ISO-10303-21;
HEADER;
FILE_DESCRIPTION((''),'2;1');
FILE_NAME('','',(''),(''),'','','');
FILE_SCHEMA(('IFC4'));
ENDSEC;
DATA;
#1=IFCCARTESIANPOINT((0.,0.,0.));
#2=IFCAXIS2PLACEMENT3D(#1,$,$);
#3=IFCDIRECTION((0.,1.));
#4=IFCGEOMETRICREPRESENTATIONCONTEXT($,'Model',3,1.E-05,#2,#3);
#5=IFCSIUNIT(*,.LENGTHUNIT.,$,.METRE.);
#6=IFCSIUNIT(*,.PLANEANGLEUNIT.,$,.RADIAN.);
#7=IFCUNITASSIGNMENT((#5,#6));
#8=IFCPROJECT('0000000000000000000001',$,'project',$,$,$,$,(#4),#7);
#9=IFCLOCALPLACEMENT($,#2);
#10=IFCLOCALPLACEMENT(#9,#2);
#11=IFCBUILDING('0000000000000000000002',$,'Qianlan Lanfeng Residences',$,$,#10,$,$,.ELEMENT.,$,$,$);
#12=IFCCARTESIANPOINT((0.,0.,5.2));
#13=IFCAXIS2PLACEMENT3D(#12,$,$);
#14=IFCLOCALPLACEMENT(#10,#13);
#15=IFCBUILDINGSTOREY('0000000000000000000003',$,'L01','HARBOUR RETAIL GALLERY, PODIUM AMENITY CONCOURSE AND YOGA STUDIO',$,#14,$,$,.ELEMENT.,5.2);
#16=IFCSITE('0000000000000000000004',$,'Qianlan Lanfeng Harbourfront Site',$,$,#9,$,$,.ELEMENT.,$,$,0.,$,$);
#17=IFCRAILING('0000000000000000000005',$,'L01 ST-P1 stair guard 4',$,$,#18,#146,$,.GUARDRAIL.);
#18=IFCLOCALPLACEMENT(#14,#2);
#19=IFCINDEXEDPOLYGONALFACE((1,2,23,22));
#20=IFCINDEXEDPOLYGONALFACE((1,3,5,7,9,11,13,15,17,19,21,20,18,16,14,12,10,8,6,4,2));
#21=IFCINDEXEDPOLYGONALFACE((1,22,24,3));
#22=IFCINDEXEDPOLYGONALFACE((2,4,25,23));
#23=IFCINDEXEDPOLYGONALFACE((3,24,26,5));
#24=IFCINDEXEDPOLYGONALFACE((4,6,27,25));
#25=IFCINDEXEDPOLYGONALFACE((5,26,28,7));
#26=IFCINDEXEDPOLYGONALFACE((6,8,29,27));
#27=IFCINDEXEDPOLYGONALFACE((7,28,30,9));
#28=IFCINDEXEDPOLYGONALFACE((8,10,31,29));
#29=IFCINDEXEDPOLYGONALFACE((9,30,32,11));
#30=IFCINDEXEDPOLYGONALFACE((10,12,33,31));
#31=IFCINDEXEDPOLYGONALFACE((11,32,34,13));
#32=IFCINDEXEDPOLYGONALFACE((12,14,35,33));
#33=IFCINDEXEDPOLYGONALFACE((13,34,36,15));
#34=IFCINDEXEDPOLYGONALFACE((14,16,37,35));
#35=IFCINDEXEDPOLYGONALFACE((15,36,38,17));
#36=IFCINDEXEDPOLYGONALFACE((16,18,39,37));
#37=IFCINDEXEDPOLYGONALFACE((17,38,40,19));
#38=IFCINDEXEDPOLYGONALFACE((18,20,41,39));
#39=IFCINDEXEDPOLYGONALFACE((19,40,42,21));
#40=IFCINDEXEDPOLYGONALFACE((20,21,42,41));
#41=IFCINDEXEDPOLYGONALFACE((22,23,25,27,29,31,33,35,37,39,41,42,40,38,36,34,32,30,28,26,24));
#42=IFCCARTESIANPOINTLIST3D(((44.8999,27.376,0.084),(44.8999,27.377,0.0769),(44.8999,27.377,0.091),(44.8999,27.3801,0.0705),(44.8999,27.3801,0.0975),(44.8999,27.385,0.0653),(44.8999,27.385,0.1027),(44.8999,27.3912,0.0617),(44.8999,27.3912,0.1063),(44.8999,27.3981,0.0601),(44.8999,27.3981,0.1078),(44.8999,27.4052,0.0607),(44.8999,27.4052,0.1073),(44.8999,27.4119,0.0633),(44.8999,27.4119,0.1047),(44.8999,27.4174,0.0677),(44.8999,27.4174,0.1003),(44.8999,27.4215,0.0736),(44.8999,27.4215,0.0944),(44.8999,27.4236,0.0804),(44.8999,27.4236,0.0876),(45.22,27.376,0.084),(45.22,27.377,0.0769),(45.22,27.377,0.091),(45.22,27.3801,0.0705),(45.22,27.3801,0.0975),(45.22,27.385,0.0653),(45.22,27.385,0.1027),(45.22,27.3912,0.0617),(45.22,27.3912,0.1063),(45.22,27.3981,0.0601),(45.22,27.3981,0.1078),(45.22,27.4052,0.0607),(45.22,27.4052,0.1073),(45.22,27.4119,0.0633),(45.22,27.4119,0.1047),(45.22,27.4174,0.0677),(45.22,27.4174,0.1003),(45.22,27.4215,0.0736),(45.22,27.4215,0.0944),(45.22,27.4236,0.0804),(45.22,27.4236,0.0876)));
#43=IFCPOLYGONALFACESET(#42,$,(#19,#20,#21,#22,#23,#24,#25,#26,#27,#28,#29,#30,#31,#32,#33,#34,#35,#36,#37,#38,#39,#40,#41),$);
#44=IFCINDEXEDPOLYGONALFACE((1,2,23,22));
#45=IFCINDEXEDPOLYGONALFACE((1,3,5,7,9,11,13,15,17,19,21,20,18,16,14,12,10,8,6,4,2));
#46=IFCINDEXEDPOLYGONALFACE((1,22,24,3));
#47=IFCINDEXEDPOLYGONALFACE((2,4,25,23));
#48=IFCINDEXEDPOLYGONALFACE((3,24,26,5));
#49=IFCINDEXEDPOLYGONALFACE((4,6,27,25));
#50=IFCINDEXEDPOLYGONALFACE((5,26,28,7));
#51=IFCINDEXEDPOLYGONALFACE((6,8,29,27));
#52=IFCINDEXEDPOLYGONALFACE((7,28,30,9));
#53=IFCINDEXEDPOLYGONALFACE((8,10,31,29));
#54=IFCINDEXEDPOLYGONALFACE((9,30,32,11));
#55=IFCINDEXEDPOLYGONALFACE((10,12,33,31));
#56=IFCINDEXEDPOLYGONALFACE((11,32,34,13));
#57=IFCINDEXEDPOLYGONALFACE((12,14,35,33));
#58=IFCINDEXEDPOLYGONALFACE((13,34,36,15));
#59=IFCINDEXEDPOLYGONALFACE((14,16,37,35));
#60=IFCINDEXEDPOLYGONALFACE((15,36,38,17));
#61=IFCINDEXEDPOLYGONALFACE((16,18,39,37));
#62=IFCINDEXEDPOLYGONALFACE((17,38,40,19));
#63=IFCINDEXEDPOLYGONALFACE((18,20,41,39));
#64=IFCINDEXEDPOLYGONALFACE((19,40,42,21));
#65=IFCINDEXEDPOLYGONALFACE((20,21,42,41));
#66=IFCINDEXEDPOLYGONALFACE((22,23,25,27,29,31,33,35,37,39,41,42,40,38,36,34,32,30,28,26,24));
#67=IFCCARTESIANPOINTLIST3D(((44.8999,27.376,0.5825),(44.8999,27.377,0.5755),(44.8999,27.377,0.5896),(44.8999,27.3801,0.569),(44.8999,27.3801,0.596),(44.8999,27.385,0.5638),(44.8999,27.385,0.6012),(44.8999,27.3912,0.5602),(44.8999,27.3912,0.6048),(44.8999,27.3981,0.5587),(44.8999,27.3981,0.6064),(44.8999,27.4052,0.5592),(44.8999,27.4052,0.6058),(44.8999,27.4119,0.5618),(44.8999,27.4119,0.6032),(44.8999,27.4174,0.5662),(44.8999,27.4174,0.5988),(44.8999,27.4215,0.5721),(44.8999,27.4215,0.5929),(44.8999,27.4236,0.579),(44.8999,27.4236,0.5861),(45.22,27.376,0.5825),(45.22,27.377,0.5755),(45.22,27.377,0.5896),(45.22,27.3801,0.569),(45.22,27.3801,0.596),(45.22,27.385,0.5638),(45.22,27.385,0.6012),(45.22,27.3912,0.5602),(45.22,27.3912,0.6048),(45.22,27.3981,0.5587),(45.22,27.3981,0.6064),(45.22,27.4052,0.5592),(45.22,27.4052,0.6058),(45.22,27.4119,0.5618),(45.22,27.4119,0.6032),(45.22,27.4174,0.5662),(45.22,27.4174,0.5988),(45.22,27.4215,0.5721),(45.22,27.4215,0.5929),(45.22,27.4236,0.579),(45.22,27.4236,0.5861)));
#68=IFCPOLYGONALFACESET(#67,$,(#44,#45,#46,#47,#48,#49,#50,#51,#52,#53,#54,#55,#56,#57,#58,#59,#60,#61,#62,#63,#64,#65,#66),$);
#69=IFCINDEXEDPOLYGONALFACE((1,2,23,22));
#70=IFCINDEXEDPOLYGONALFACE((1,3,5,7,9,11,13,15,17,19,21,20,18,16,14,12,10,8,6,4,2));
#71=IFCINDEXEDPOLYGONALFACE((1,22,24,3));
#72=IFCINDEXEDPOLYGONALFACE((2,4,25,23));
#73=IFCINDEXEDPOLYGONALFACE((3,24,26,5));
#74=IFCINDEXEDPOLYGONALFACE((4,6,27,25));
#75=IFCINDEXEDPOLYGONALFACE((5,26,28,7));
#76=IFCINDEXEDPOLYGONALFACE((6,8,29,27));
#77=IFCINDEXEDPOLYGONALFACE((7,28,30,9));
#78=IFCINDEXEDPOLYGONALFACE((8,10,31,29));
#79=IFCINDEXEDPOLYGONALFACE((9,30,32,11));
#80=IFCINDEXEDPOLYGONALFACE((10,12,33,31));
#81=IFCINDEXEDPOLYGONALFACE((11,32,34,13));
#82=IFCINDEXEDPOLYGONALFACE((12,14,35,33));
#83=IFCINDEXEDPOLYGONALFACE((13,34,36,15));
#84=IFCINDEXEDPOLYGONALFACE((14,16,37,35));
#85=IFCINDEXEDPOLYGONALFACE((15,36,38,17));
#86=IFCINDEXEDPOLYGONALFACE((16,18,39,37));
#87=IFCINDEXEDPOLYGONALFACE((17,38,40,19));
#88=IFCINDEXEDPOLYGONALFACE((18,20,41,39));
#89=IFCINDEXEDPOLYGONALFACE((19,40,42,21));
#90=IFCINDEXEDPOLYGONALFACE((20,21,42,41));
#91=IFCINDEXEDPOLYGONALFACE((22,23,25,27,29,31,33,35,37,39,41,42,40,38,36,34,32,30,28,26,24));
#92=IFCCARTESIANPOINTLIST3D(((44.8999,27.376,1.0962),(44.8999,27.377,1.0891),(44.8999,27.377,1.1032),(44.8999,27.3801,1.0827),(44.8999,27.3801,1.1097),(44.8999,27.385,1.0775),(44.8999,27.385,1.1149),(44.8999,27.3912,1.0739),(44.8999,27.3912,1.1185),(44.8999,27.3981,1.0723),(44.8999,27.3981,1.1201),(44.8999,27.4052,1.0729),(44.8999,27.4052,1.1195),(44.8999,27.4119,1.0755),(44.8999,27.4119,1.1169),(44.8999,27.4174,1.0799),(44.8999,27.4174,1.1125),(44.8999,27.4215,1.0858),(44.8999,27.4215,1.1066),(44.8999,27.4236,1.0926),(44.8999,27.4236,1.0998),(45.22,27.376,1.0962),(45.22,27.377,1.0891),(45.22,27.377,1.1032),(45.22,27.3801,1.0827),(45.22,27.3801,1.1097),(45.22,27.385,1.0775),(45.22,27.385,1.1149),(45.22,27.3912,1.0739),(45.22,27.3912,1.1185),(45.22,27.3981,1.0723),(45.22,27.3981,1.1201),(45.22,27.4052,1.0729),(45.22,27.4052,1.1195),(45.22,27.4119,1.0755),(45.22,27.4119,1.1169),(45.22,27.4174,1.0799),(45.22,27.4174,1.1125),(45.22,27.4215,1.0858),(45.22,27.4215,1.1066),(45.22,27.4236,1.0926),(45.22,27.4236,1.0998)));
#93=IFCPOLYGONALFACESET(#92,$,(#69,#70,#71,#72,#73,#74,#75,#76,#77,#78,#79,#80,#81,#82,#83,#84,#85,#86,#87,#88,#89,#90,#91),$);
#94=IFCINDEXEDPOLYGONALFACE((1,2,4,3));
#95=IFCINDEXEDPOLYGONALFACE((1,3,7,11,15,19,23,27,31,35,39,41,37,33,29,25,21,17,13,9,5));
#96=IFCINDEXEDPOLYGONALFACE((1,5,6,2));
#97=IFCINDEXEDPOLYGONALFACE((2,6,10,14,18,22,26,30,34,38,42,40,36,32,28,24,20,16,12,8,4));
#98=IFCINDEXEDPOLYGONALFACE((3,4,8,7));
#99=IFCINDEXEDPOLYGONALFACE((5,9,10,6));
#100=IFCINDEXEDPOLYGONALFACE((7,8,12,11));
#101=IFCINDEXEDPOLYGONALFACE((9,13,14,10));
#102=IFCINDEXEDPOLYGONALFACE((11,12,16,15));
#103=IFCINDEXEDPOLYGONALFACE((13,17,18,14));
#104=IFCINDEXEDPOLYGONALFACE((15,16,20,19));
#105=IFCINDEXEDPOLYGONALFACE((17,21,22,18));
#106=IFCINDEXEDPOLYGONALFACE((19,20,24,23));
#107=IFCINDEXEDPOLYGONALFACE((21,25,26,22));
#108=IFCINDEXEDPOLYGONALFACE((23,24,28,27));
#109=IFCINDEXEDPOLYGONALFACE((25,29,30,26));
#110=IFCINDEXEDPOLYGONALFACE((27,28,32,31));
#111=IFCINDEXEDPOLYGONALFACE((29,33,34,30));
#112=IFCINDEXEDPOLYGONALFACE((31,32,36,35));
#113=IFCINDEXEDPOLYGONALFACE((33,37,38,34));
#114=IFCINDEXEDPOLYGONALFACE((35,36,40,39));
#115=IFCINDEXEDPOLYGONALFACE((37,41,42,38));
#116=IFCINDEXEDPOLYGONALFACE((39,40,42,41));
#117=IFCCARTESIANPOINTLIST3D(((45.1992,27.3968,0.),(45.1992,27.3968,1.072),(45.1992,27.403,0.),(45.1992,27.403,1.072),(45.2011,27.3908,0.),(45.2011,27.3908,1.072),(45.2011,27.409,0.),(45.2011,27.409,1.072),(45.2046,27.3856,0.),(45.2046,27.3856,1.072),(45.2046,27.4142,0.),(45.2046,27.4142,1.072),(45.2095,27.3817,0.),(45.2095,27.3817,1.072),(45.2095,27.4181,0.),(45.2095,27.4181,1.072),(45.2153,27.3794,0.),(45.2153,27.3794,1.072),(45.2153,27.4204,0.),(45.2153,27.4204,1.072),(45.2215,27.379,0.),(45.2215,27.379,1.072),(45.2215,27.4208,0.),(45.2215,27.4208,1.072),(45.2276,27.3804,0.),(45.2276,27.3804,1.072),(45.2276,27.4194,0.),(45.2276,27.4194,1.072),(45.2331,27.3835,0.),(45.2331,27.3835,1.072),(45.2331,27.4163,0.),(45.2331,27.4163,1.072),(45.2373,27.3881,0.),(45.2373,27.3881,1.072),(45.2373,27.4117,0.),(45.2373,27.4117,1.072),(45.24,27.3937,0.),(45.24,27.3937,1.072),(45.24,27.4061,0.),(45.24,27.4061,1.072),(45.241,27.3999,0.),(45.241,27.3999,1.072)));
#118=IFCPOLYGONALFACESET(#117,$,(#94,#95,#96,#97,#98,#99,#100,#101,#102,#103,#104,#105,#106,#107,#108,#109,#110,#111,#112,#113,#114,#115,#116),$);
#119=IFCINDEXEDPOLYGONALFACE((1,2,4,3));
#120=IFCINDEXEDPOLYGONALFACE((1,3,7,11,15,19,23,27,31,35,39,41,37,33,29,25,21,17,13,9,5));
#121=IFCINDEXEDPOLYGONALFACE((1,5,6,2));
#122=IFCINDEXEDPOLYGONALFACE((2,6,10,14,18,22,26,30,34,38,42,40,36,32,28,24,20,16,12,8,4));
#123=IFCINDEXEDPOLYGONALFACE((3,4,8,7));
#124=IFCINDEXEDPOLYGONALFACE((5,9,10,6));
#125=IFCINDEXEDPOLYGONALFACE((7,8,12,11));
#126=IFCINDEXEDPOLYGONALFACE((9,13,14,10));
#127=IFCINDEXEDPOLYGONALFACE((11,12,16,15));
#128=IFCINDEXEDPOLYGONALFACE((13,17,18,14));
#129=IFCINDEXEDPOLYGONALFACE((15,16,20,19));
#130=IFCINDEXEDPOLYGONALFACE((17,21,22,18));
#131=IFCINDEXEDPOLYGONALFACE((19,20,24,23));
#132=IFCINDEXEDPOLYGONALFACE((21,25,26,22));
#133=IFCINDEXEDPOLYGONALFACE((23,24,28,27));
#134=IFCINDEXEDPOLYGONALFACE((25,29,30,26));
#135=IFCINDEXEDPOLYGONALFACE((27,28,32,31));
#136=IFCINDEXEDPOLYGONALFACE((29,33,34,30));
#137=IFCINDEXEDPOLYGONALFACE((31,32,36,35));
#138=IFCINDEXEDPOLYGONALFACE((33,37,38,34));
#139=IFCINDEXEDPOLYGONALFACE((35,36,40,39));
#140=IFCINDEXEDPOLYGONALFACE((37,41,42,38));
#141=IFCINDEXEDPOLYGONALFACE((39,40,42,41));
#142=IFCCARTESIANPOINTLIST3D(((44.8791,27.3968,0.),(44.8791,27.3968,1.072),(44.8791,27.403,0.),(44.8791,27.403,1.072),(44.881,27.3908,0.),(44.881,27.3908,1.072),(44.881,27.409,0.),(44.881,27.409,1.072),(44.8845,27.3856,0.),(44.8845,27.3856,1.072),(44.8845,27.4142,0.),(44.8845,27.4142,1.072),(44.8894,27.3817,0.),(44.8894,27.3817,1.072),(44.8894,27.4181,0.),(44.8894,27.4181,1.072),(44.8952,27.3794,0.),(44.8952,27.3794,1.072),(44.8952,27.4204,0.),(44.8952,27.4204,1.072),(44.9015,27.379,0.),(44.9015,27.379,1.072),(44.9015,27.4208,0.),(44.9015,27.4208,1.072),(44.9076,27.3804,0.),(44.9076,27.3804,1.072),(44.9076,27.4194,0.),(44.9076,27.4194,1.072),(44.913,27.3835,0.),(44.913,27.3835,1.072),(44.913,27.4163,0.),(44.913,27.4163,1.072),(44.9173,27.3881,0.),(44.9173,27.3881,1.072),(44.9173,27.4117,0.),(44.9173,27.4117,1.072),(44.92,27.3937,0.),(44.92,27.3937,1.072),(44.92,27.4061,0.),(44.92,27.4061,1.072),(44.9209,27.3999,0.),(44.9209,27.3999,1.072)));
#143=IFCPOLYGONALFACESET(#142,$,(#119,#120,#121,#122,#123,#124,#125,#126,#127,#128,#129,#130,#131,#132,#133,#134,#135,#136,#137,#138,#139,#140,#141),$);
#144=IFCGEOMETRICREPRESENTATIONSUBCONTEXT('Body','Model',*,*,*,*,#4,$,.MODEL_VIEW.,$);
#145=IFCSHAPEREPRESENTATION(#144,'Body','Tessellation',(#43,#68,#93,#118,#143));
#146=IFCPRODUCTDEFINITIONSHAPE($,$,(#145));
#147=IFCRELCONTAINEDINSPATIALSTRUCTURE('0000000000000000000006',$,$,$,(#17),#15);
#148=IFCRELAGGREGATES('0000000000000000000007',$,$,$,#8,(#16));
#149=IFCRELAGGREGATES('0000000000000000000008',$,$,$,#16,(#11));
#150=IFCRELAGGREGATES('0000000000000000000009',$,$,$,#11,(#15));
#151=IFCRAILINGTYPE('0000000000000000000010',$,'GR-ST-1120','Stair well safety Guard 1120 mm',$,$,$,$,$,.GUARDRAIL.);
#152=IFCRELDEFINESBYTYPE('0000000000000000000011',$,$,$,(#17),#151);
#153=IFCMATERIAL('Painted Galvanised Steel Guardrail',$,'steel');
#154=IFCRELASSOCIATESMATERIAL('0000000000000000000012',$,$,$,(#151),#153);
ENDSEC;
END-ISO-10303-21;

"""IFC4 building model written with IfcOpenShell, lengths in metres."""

from ifc_helpers import new_model, si_unit, direction, frame, origin, origin_2d, place, context, subcontext, project, spatial, circle, extrude, material, type_object, element, save


model = new_model("IFC4")

# Units and contexts
model_context = context("Model", 3, precision=1e-05, world=origin(), true_north=direction((0.0, 1.0)))
body_context = subcontext(model_context, "Body", "Model", "MODEL_VIEW")
ifc_project = project(units=[si_unit("LENGTHUNIT", "METRE"), si_unit("PLANEANGLEUNIT", "RADIAN")], contexts=[model_context])

# Site, building, storey
site_placement = place(None, origin())
site = spatial("IfcSite", under=ifc_project, at=site_placement, Name="Qianlan Lanfeng Harbourfront Site", CompositionType="ELEMENT", RefElevation=0.0)
building_placement = place(site_placement, origin())
building = spatial("IfcBuilding", under=site, at=building_placement, Name="Qianlan Lanfeng Residences", CompositionType="ELEMENT")
storey_placement = place(building_placement, frame((0.0, 0.0, 5.2)))
storey = spatial("IfcBuildingStorey", under=building, at=storey_placement, Name="L01", Description="HARBOUR RETAIL GALLERY, PODIUM AMENITY CONCOURSE AND YOGA STUDIO", CompositionType="ELEMENT", Elevation=5.2)

# Railing
ifc_material_1 = material(Name="Painted Galvanised Steel Guardrail", Category="steel")
railing_type_1 = type_object("IfcRailingType", Name="GR-ST-1120", Description="Stair well safety Guard 1120 mm", PredefinedType="GUARDRAIL", material=ifc_material_1)
railing_1_placement = place(storey_placement, frame((45.22, 27.3999, 0.0)))
element("IfcRailing", 1, at=railing_1_placement, inside=storey, type_object=railing_type_1, Name="L01 ST-P1 stair guard 4", PredefinedType="GUARDRAIL", context=body_context, shape_type="SweptSolid", body=[
    extrude(circle(Radius=0.0239, at=origin_2d()), frame((0.0, 0.0, 0.084), z_axis=(-1.0, 0.0, 0.0), x_axis=(0.0, -1.0, 0.0)), (0.0, 0.0, 1.0), 0.3201),
    extrude(circle(Radius=0.0239, at=origin_2d()), frame((0.0, 0.0, 0.5825), z_axis=(-1.0, 0.0, 0.0), x_axis=(0.0, -1.0, 0.0)), (0.0, 0.0, 1.0), 0.3201),
    extrude(circle(Radius=0.0239, at=origin_2d()), frame((0.0, 0.0, 1.0962), z_axis=(-1.0, 0.0, 0.0), x_axis=(0.0, -1.0, 0.0)), (0.0, 0.0, 1.0), 0.3201),
    extrude(circle(Radius=0.021, at=origin_2d()), origin(), (0.0, 0.0, 1.0), 1.072),
    extrude(circle(Radius=0.021, at=origin_2d()), frame((-0.3201, 0.0, 0.0)), (0.0, 0.0, 1.0), 1.072),
])

save(model, "model.ifc")
